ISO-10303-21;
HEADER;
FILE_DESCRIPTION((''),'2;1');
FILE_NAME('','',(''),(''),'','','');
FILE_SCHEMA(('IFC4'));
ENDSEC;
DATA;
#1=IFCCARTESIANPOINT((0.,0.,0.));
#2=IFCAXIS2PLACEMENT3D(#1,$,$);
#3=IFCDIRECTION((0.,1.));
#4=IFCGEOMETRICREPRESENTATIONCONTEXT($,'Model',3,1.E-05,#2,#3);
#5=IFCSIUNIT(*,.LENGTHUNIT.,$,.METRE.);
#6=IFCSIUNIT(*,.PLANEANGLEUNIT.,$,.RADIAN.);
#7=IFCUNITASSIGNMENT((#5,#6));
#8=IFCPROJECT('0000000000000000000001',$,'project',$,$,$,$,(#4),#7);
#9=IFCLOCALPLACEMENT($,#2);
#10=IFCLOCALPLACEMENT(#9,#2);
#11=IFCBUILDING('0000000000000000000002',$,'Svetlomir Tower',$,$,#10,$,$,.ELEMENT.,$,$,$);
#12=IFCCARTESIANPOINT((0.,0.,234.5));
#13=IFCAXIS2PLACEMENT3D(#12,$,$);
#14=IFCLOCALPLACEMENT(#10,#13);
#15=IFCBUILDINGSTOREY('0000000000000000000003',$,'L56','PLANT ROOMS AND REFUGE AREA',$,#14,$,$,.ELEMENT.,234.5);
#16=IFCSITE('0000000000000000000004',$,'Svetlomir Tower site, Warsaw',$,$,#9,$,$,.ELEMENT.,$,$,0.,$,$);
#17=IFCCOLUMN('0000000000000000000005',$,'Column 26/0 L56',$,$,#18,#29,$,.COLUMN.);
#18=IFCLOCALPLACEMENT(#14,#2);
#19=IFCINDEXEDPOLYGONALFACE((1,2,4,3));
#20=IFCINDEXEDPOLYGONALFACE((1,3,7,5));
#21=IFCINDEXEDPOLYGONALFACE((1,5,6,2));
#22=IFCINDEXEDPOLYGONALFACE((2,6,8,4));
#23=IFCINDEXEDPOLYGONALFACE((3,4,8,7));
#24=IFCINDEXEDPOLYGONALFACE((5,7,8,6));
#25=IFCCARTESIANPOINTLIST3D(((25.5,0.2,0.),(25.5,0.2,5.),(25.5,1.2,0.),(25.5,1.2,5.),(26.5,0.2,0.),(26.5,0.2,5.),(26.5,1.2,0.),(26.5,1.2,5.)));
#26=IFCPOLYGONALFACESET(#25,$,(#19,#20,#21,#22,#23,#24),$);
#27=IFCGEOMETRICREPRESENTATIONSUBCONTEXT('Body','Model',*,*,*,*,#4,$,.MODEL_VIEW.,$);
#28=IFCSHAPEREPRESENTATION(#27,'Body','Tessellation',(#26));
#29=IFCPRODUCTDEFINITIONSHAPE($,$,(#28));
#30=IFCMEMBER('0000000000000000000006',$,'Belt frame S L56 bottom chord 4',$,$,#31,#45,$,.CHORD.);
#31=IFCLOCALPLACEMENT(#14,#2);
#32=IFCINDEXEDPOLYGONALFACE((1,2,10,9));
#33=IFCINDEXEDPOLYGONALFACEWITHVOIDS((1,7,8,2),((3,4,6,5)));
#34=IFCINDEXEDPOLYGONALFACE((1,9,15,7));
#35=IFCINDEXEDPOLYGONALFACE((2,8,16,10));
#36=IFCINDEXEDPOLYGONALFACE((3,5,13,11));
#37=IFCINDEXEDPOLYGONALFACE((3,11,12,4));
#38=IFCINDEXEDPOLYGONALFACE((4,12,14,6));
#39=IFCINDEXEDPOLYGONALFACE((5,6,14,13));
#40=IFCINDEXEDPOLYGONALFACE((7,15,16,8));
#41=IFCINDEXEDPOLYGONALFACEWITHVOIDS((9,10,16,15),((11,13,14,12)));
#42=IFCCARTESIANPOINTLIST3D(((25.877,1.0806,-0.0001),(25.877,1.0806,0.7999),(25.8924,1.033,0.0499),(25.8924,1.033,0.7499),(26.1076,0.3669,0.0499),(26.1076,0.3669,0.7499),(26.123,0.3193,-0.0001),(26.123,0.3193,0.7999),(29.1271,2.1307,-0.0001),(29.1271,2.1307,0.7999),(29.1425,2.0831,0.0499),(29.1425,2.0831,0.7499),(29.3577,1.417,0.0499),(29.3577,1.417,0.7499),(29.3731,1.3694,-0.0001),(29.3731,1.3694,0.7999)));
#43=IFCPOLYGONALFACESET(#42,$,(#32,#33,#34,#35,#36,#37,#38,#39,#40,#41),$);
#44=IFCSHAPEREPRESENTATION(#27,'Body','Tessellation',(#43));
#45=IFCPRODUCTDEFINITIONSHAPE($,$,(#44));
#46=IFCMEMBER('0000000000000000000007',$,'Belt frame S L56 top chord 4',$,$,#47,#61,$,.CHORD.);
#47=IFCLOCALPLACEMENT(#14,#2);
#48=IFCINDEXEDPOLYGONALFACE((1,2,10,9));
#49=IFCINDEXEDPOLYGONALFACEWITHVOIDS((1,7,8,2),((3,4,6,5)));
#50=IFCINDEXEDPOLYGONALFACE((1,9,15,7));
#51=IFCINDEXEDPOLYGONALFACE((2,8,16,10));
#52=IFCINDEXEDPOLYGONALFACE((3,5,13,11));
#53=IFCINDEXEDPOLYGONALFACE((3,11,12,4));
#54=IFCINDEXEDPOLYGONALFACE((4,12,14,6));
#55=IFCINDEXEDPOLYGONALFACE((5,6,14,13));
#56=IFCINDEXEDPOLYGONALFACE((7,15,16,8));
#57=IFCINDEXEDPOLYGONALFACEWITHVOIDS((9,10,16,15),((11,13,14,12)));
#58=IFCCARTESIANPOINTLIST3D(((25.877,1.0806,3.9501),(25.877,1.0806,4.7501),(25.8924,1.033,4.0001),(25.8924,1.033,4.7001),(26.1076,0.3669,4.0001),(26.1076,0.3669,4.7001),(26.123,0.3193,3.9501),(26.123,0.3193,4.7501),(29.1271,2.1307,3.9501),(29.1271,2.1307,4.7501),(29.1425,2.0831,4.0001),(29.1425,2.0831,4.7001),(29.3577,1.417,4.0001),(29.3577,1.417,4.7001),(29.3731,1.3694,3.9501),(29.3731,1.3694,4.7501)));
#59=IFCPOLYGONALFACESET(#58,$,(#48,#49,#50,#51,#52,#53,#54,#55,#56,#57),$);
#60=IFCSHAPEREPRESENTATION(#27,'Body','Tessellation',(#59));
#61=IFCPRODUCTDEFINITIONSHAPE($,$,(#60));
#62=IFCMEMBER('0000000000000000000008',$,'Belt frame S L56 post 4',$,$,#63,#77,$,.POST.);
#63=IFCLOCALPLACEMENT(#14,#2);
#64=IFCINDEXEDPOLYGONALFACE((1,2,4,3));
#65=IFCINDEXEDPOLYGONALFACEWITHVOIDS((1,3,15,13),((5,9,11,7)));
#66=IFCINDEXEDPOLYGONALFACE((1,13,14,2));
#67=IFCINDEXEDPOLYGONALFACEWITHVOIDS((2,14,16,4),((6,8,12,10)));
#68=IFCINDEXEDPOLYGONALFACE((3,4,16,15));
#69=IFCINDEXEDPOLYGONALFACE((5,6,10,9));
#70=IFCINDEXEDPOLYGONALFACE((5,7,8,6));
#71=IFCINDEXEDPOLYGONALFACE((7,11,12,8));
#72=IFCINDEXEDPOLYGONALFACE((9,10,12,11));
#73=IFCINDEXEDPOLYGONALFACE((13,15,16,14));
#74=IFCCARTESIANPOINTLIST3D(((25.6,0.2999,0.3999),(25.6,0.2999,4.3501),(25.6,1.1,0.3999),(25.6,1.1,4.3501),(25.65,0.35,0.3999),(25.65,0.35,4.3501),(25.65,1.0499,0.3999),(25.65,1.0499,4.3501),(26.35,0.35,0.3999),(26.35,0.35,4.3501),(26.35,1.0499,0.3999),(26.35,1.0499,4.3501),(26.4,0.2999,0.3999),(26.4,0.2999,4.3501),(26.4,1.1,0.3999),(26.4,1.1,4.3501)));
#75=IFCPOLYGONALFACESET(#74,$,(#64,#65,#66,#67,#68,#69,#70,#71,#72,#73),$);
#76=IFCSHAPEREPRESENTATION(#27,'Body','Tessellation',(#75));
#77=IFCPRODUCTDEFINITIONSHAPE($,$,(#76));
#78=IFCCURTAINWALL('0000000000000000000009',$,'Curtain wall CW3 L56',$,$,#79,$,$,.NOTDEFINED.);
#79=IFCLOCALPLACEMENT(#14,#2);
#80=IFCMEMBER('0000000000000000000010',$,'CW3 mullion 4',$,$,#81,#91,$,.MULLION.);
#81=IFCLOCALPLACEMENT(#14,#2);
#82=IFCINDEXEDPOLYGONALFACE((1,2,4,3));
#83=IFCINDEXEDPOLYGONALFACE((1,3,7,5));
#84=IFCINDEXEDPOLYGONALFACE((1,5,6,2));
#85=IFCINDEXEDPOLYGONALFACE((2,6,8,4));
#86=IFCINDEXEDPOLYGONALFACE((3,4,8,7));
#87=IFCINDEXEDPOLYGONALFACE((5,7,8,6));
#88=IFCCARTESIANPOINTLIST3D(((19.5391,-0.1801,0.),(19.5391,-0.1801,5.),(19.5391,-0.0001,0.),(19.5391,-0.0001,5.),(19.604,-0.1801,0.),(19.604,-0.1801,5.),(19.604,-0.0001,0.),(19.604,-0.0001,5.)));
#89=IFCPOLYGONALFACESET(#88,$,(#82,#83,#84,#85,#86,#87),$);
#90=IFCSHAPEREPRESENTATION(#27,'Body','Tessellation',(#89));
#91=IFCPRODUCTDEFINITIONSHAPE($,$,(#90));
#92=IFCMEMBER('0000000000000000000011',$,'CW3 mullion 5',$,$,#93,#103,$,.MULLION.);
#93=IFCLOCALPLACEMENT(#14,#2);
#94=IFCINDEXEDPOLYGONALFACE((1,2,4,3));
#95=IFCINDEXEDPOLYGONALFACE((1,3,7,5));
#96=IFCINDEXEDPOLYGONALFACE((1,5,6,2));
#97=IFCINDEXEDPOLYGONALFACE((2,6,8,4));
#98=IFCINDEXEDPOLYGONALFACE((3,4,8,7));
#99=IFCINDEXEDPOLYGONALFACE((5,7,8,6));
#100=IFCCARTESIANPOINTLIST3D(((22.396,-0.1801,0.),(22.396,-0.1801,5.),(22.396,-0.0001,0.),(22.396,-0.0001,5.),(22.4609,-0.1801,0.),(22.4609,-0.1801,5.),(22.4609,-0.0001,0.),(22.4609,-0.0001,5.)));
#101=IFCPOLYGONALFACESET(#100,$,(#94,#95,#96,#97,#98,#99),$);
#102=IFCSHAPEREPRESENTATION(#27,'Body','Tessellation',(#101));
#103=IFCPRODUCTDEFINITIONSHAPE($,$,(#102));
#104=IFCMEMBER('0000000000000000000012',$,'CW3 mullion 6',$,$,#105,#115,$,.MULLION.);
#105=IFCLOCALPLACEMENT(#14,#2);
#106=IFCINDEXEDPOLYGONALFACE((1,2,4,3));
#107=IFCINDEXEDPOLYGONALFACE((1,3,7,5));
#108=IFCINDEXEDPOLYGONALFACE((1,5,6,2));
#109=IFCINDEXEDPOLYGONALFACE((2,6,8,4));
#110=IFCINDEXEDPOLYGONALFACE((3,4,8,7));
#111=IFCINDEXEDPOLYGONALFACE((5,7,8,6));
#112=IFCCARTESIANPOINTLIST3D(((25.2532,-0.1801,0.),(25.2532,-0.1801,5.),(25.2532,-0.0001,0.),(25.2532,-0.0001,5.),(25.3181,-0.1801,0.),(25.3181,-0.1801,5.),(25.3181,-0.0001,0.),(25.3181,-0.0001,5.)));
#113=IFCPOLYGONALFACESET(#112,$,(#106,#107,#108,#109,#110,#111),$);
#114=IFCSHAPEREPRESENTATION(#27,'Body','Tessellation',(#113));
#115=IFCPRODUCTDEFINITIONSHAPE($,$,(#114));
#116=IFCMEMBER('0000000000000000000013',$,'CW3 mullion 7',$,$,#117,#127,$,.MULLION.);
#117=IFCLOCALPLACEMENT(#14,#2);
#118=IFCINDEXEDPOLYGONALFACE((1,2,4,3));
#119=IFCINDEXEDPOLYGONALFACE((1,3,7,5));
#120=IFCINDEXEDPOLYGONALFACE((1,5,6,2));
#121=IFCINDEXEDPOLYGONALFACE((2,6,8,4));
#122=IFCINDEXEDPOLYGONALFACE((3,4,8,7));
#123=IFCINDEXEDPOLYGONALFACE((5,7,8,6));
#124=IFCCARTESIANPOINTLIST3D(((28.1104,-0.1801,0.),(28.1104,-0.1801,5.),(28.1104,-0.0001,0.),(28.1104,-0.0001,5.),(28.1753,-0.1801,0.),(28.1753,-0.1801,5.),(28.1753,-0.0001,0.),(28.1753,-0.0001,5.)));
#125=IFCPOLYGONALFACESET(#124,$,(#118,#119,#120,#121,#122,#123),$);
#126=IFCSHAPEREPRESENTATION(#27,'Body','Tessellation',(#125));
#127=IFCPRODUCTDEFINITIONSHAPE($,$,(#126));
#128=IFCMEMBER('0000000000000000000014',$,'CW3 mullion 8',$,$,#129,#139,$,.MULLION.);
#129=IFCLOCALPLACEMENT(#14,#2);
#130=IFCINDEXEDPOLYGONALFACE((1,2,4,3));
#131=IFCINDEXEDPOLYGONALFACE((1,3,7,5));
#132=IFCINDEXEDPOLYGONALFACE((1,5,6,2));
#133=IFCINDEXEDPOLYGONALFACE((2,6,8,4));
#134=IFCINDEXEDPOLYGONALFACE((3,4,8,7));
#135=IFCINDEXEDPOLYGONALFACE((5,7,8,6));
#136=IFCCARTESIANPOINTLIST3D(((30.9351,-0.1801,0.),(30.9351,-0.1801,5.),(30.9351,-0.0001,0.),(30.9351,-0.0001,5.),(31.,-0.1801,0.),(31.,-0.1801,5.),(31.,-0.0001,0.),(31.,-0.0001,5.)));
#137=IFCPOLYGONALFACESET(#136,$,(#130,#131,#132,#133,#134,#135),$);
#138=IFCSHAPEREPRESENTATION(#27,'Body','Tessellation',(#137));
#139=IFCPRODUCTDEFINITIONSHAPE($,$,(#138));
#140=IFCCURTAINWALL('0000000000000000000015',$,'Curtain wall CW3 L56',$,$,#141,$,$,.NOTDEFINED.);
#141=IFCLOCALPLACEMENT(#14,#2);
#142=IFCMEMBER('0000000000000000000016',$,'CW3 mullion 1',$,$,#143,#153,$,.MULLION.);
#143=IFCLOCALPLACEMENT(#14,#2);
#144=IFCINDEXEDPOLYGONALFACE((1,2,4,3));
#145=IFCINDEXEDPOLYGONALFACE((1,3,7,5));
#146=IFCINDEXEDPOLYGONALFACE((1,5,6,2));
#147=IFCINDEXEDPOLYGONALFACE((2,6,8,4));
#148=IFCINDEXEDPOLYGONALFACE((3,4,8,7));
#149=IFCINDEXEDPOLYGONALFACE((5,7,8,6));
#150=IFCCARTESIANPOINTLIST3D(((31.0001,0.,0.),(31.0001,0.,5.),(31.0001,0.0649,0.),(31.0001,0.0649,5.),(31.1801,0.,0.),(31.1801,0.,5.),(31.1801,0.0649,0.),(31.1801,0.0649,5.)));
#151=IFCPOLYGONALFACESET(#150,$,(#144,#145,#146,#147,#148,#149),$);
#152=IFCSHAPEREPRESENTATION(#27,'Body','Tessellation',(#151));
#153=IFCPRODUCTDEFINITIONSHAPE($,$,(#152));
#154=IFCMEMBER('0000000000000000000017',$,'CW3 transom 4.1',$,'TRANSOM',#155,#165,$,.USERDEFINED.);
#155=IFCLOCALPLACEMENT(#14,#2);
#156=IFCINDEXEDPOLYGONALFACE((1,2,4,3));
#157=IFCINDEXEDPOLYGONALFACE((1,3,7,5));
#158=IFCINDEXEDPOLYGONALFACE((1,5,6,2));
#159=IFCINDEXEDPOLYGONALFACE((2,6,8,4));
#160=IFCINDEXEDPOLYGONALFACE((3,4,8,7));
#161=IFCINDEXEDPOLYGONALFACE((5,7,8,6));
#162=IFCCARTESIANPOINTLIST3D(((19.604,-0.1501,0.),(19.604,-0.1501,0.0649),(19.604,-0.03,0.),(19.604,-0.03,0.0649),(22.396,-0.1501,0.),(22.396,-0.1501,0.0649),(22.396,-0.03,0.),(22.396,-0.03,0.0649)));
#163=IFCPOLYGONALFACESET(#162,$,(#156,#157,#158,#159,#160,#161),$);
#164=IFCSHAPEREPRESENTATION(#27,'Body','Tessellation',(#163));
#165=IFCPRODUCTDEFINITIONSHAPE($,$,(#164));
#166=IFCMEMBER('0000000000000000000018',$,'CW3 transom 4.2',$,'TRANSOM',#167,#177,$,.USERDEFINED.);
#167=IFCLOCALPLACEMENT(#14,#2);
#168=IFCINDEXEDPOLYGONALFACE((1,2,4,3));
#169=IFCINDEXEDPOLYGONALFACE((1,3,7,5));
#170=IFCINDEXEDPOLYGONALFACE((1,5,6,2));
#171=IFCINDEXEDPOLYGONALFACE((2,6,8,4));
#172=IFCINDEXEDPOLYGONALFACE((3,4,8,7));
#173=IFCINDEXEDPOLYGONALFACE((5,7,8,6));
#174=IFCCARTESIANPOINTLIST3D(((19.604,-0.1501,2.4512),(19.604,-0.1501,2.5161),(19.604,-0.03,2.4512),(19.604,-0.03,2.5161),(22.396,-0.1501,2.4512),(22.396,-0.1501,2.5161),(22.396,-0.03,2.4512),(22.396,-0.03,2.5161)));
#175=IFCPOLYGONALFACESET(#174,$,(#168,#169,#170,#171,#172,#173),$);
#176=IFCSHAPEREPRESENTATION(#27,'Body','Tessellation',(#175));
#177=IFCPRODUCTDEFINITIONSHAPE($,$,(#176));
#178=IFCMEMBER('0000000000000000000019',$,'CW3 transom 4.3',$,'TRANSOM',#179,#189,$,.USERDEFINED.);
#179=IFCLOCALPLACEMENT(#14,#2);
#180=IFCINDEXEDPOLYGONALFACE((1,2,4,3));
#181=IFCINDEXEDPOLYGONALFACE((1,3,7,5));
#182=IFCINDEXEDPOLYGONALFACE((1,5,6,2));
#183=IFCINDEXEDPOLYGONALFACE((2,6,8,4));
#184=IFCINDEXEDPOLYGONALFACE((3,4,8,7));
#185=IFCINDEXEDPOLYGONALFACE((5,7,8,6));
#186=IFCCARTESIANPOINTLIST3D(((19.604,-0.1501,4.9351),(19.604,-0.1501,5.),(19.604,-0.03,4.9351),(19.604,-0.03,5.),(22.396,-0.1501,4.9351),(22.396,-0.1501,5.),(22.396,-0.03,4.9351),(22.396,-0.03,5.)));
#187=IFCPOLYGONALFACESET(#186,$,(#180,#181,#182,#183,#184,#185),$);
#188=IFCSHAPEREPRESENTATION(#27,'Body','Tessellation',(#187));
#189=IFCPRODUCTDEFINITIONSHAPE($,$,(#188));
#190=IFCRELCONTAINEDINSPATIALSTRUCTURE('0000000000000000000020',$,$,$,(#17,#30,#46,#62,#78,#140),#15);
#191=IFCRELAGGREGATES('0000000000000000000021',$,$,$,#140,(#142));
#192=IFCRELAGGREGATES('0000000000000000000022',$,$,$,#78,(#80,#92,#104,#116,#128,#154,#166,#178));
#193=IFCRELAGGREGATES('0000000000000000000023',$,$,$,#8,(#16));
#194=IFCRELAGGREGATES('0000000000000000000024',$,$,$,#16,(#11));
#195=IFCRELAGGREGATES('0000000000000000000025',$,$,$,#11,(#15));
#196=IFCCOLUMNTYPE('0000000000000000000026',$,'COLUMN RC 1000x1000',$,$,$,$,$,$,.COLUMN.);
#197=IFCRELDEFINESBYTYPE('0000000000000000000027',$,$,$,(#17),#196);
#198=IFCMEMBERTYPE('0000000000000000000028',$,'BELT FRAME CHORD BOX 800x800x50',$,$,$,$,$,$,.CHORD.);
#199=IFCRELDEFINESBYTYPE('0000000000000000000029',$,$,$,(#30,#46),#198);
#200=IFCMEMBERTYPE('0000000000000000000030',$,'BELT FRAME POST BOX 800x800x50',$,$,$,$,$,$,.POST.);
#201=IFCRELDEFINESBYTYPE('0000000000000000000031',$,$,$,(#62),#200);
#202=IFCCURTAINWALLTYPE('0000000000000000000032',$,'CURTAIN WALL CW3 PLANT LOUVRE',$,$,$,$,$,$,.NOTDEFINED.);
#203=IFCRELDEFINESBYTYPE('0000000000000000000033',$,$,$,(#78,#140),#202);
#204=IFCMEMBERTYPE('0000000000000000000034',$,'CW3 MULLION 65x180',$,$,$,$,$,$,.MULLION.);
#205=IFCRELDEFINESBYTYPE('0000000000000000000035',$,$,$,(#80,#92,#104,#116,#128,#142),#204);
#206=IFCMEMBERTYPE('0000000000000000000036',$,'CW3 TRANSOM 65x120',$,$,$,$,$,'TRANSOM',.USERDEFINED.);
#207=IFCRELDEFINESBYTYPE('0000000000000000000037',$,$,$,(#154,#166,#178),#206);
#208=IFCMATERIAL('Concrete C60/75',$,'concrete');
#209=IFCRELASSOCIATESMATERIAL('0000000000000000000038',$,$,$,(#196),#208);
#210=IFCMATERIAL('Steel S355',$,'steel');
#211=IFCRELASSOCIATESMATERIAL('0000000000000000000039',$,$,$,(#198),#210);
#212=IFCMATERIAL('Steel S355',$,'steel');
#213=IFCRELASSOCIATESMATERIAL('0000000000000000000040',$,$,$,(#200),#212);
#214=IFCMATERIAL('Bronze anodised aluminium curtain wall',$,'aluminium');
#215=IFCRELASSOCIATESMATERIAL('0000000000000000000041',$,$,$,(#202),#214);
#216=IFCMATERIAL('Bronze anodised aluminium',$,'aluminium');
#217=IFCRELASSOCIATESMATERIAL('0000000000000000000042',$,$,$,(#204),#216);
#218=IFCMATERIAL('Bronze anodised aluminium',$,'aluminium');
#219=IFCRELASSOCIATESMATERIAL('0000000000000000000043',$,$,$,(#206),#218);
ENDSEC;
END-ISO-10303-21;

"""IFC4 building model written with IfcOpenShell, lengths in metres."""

from ifc_helpers import new_model, si_unit, direction, frame, origin, origin_2d, place, context, subcontext, project, spatial, rectangle, hollow_rectangle, extrude, material, material_profile, profile_set, type_object, element, aggregate, save


model = new_model("IFC4")

# Units and contexts
model_context = context("Model", 3, precision=1e-05, world=origin(), true_north=direction((0.0, 1.0)))
body_context = subcontext(model_context, "Body", "Model", "MODEL_VIEW")
ifc_project = project(units=[si_unit("LENGTHUNIT", "METRE"), si_unit("PLANEANGLEUNIT", "RADIAN")], contexts=[model_context])

# Site, building, storey
site_placement = place(None, origin())
site = spatial("IfcSite", under=ifc_project, at=site_placement, Name="Svetlomir Tower site, Warsaw", CompositionType="ELEMENT", RefElevation=0.0)
building_placement = place(site_placement, origin())
building = spatial("IfcBuilding", under=site, at=building_placement, Name="Svetlomir Tower", CompositionType="ELEMENT")
storey_placement = place(building_placement, frame((0.0, 0.0, 234.5)))
storey = spatial("IfcBuildingStorey", under=building, at=storey_placement, Name="L56", Description="PLANT ROOMS AND REFUGE AREA", CompositionType="ELEMENT", Elevation=234.5)

# Column
ifc_material_1 = material(Name="Concrete C60/75", Category="concrete")
ifc_material_profile_1 = material_profile(ifc_material_1, rectangle(XDim=1.0, YDim=1.0, at=origin_2d()), Name="RC 1000x1000")
ifc_profile_set_1 = profile_set([ifc_material_profile_1], Name="Concrete C60/75")
column_type = type_object("IfcColumnType", Name="COLUMN RC 1000x1000", PredefinedType="COLUMN", material=ifc_profile_set_1)
column_placement = place(storey_placement, frame((26.0, 0.7, 0.0), z_axis=(0.0, 0.0, 1.0), x_axis=(1.0, 0.0, 0.0)))
element("IfcColumn", 1, at=column_placement, inside=storey, type_object=column_type, Name="Column 26/0 L56", PredefinedType="COLUMN", context=body_context, shape_type="SweptSolid", body=[
    extrude(rectangle(XDim=1.0, YDim=1.0, at=origin_2d()), origin(), (0.0, 0.0, 1.0), 5.0),
])

# Members
ifc_material_2 = material(Name="Steel S355", Category="steel")
ifc_material_profile_2 = material_profile(ifc_material_2, hollow_rectangle(XDim=0.8, YDim=0.8, WallThickness=0.05, at=origin_2d()), Name="BOX 800x800x50")
ifc_profile_set_2 = profile_set([ifc_material_profile_2], Name="Steel S355")
member_type_1 = type_object("IfcMemberType", Name="BELT FRAME CHORD BOX 800x800x50", PredefinedType="CHORD", material=ifc_profile_set_2)
for number, where, z_axis, x_axis, name in (
    (2, (26.0, 0.7, 0.3999), (0.951566, 0.307443, 0.0), (-0.307443, 0.951566, 0.0), "Belt frame S L56 bottom chord 4"),
    (3, (26.0, 0.7, 4.3501), (0.951566, 0.307443, 0.0), (-0.307443, 0.951566, 0.0), "Belt frame S L56 top chord 4"),
):
    element("IfcMember", number, at=place(storey_placement, frame(where, z_axis=z_axis, x_axis=x_axis)), inside=storey, type_object=member_type_1, Name=name, PredefinedType="CHORD", context=body_context, shape_type="SweptSolid", body=[
        extrude(hollow_rectangle(XDim=0.8, YDim=0.8, WallThickness=0.05, at=origin_2d()), origin(), (0.0, 0.0, 1.0), 3.4155),
    ])
ifc_material_3 = material(Name="Steel S355", Category="steel")
ifc_material_profile_3 = material_profile(ifc_material_3, hollow_rectangle(XDim=0.8, YDim=0.8, WallThickness=0.05, at=origin_2d()), Name="BOX 800x800x50")
ifc_profile_set_3 = profile_set([ifc_material_profile_3], Name="Steel S355")
member_type_2 = type_object("IfcMemberType", Name="BELT FRAME POST BOX 800x800x50", PredefinedType="POST", material=ifc_profile_set_3)
member_1_placement = place(storey_placement, frame((26.0, 0.7, 0.3999), z_axis=(0.0, 0.0, 1.0), x_axis=(1.0, 0.0, 0.0)))
element("IfcMember", 4, at=member_1_placement, inside=storey, type_object=member_type_2, Name="Belt frame S L56 post 4", PredefinedType="POST", context=body_context, shape_type="SweptSolid", body=[
    extrude(hollow_rectangle(XDim=0.8, YDim=0.8, WallThickness=0.05, at=origin_2d()), origin(), (0.0, 0.0, 1.0), 3.9502),
])

# Curtain wall, members
ifc_material_4 = material(Name="Bronze anodised aluminium curtain wall", Category="aluminium")
curtain_wall_type = type_object("IfcCurtainWallType", Name="CURTAIN WALL CW3 PLANT LOUVRE", PredefinedType="NOTDEFINED", material=ifc_material_4)
curtain_wall_1_placement = place(storey_placement, origin())
curtain_wall_1 = element("IfcCurtainWall", 5, at=curtain_wall_1_placement, inside=storey, type_object=curtain_wall_type, Name="Curtain wall CW3 L56", PredefinedType="NOTDEFINED")
ifc_material_5 = material(Name="Bronze anodised aluminium", Category="aluminium")
ifc_material_profile_4 = material_profile(ifc_material_5, rectangle(XDim=0.0649, YDim=0.1799, at=origin_2d()), Name="AL 65x180")
ifc_profile_set_4 = profile_set([ifc_material_profile_4], Name="Bronze anodised aluminium 6063-T6")
member_type_3 = type_object("IfcMemberType", Name="CW3 MULLION 65x180", PredefinedType="MULLION", material=ifc_profile_set_4)
member_2_placement = place(storey_placement, frame((19.5715, -0.0901, 0.0), z_axis=(0.0, 0.0, 1.0), x_axis=(1.0, 0.0, 0.0)))
member_2 = element("IfcMember", 6, at=member_2_placement, type_object=member_type_3, Name="CW3 mullion 4", PredefinedType="MULLION", context=body_context, shape_type="SweptSolid", body=[
    extrude(rectangle(XDim=0.0649, YDim=0.1799, at=origin_2d()), origin(), (0.0, 0.0, 1.0), 5.0),
])
member_3_placement = place(storey_placement, frame((22.4285, -0.0901, 0.0), z_axis=(0.0, 0.0, 1.0), x_axis=(1.0, 0.0, 0.0)))
member_3 = element("IfcMember", 7, at=member_3_placement, type_object=member_type_3, Name="CW3 mullion 5", PredefinedType="MULLION", context=body_context, shape_type="SweptSolid", body=[
    extrude(rectangle(XDim=0.0649, YDim=0.1799, at=origin_2d()), origin(), (0.0, 0.0, 1.0), 5.0),
])
member_4_placement = place(storey_placement, frame((25.2856, -0.0901, 0.0), z_axis=(0.0, 0.0, 1.0), x_axis=(1.0, 0.0, 0.0)))
member_4 = element("IfcMember", 8, at=member_4_placement, type_object=member_type_3, Name="CW3 mullion 6", PredefinedType="MULLION", context=body_context, shape_type="SweptSolid", body=[
    extrude(rectangle(XDim=0.0649, YDim=0.1799, at=origin_2d()), origin(), (0.0, 0.0, 1.0), 5.0),
])
member_5_placement = place(storey_placement, frame((28.1428, -0.0901, 0.0), z_axis=(0.0, 0.0, 1.0), x_axis=(1.0, 0.0, 0.0)))
member_5 = element("IfcMember", 9, at=member_5_placement, type_object=member_type_3, Name="CW3 mullion 7", PredefinedType="MULLION", context=body_context, shape_type="SweptSolid", body=[
    extrude(rectangle(XDim=0.0649, YDim=0.1799, at=origin_2d()), origin(), (0.0, 0.0, 1.0), 5.0),
])
member_6_placement = place(storey_placement, frame((30.9675, -0.0901, 0.0), z_axis=(0.0, 0.0, 1.0), x_axis=(1.0, 0.0, 0.0)))
member_6 = element("IfcMember", 10, at=member_6_placement, type_object=member_type_3, Name="CW3 mullion 8", PredefinedType="MULLION", context=body_context, shape_type="SweptSolid", body=[
    extrude(rectangle(XDim=0.0649, YDim=0.1799, at=origin_2d()), origin(), (0.0, 0.0, 1.0), 5.0),
])

# Curtain wall, member
curtain_wall_2_placement = place(storey_placement, origin())
curtain_wall_2 = element("IfcCurtainWall", 11, at=curtain_wall_2_placement, inside=storey, type_object=curtain_wall_type, Name="Curtain wall CW3 L56", PredefinedType="NOTDEFINED")
member_7_placement = place(storey_placement, frame((31.0901, 0.0325, 0.0), z_axis=(0.0, 0.0, 1.0), x_axis=(0.0, 1.0, 0.0)))
member_7 = element("IfcMember", 12, at=member_7_placement, type_object=member_type_3, Name="CW3 mullion 1", PredefinedType="MULLION", context=body_context, shape_type="SweptSolid", body=[
    extrude(rectangle(XDim=0.0649, YDim=0.1799, at=origin_2d()), origin(), (0.0, 0.0, 1.0), 5.0),
])

# Members
ifc_material_6 = material(Name="Bronze anodised aluminium", Category="aluminium")
ifc_material_profile_5 = material_profile(ifc_material_6, rectangle(XDim=0.1201, YDim=0.0649, at=origin_2d()), Name="AL 120x65")
ifc_profile_set_5 = profile_set([ifc_material_profile_5], Name="Bronze anodised aluminium 6063-T6")
member_type_4 = type_object("IfcMemberType", Name="CW3 TRANSOM 65x120", ElementType="TRANSOM", PredefinedType="USERDEFINED", material=ifc_profile_set_5)
member_8_placement = place(storey_placement, frame((19.604, -0.0901, 0.0325), z_axis=(1.0, 0.0, 0.0), x_axis=(0.0, 1.0, 0.0)))
member_8 = element("IfcMember", 13, at=member_8_placement, type_object=member_type_4, Name="CW3 transom 4.1", ObjectType="TRANSOM", PredefinedType="USERDEFINED", context=body_context, shape_type="SweptSolid", body=[
    extrude(rectangle(XDim=0.1201, YDim=0.0649, at=origin_2d()), origin(), (0.0, 0.0, 1.0), 2.792),
])
member_9_placement = place(storey_placement, frame((19.604, -0.0901, 2.4836), z_axis=(1.0, 0.0, 0.0), x_axis=(0.0, 1.0, 0.0)))
member_9 = element("IfcMember", 14, at=member_9_placement, type_object=member_type_4, Name="CW3 transom 4.2", ObjectType="TRANSOM", PredefinedType="USERDEFINED", context=body_context, shape_type="SweptSolid", body=[
    extrude(rectangle(XDim=0.1201, YDim=0.0649, at=origin_2d()), origin(), (0.0, 0.0, 1.0), 2.792),
])
member_10_placement = place(storey_placement, frame((19.604, -0.0901, 4.9675), z_axis=(1.0, 0.0, 0.0), x_axis=(0.0, 1.0, 0.0)))
member_10 = element("IfcMember", 15, at=member_10_placement, type_object=member_type_4, Name="CW3 transom 4.3", ObjectType="TRANSOM", PredefinedType="USERDEFINED", context=body_context, shape_type="SweptSolid", body=[
    extrude(rectangle(XDim=0.1201, YDim=0.0649, at=origin_2d()), origin(), (0.0, 0.0, 1.0), 2.792),
])
aggregate(curtain_wall_2, [member_7])

aggregate(curtain_wall_1, [member_2, member_3, member_4, member_5, member_6, member_8, member_9, member_10])

save(model, "model.ifc")
